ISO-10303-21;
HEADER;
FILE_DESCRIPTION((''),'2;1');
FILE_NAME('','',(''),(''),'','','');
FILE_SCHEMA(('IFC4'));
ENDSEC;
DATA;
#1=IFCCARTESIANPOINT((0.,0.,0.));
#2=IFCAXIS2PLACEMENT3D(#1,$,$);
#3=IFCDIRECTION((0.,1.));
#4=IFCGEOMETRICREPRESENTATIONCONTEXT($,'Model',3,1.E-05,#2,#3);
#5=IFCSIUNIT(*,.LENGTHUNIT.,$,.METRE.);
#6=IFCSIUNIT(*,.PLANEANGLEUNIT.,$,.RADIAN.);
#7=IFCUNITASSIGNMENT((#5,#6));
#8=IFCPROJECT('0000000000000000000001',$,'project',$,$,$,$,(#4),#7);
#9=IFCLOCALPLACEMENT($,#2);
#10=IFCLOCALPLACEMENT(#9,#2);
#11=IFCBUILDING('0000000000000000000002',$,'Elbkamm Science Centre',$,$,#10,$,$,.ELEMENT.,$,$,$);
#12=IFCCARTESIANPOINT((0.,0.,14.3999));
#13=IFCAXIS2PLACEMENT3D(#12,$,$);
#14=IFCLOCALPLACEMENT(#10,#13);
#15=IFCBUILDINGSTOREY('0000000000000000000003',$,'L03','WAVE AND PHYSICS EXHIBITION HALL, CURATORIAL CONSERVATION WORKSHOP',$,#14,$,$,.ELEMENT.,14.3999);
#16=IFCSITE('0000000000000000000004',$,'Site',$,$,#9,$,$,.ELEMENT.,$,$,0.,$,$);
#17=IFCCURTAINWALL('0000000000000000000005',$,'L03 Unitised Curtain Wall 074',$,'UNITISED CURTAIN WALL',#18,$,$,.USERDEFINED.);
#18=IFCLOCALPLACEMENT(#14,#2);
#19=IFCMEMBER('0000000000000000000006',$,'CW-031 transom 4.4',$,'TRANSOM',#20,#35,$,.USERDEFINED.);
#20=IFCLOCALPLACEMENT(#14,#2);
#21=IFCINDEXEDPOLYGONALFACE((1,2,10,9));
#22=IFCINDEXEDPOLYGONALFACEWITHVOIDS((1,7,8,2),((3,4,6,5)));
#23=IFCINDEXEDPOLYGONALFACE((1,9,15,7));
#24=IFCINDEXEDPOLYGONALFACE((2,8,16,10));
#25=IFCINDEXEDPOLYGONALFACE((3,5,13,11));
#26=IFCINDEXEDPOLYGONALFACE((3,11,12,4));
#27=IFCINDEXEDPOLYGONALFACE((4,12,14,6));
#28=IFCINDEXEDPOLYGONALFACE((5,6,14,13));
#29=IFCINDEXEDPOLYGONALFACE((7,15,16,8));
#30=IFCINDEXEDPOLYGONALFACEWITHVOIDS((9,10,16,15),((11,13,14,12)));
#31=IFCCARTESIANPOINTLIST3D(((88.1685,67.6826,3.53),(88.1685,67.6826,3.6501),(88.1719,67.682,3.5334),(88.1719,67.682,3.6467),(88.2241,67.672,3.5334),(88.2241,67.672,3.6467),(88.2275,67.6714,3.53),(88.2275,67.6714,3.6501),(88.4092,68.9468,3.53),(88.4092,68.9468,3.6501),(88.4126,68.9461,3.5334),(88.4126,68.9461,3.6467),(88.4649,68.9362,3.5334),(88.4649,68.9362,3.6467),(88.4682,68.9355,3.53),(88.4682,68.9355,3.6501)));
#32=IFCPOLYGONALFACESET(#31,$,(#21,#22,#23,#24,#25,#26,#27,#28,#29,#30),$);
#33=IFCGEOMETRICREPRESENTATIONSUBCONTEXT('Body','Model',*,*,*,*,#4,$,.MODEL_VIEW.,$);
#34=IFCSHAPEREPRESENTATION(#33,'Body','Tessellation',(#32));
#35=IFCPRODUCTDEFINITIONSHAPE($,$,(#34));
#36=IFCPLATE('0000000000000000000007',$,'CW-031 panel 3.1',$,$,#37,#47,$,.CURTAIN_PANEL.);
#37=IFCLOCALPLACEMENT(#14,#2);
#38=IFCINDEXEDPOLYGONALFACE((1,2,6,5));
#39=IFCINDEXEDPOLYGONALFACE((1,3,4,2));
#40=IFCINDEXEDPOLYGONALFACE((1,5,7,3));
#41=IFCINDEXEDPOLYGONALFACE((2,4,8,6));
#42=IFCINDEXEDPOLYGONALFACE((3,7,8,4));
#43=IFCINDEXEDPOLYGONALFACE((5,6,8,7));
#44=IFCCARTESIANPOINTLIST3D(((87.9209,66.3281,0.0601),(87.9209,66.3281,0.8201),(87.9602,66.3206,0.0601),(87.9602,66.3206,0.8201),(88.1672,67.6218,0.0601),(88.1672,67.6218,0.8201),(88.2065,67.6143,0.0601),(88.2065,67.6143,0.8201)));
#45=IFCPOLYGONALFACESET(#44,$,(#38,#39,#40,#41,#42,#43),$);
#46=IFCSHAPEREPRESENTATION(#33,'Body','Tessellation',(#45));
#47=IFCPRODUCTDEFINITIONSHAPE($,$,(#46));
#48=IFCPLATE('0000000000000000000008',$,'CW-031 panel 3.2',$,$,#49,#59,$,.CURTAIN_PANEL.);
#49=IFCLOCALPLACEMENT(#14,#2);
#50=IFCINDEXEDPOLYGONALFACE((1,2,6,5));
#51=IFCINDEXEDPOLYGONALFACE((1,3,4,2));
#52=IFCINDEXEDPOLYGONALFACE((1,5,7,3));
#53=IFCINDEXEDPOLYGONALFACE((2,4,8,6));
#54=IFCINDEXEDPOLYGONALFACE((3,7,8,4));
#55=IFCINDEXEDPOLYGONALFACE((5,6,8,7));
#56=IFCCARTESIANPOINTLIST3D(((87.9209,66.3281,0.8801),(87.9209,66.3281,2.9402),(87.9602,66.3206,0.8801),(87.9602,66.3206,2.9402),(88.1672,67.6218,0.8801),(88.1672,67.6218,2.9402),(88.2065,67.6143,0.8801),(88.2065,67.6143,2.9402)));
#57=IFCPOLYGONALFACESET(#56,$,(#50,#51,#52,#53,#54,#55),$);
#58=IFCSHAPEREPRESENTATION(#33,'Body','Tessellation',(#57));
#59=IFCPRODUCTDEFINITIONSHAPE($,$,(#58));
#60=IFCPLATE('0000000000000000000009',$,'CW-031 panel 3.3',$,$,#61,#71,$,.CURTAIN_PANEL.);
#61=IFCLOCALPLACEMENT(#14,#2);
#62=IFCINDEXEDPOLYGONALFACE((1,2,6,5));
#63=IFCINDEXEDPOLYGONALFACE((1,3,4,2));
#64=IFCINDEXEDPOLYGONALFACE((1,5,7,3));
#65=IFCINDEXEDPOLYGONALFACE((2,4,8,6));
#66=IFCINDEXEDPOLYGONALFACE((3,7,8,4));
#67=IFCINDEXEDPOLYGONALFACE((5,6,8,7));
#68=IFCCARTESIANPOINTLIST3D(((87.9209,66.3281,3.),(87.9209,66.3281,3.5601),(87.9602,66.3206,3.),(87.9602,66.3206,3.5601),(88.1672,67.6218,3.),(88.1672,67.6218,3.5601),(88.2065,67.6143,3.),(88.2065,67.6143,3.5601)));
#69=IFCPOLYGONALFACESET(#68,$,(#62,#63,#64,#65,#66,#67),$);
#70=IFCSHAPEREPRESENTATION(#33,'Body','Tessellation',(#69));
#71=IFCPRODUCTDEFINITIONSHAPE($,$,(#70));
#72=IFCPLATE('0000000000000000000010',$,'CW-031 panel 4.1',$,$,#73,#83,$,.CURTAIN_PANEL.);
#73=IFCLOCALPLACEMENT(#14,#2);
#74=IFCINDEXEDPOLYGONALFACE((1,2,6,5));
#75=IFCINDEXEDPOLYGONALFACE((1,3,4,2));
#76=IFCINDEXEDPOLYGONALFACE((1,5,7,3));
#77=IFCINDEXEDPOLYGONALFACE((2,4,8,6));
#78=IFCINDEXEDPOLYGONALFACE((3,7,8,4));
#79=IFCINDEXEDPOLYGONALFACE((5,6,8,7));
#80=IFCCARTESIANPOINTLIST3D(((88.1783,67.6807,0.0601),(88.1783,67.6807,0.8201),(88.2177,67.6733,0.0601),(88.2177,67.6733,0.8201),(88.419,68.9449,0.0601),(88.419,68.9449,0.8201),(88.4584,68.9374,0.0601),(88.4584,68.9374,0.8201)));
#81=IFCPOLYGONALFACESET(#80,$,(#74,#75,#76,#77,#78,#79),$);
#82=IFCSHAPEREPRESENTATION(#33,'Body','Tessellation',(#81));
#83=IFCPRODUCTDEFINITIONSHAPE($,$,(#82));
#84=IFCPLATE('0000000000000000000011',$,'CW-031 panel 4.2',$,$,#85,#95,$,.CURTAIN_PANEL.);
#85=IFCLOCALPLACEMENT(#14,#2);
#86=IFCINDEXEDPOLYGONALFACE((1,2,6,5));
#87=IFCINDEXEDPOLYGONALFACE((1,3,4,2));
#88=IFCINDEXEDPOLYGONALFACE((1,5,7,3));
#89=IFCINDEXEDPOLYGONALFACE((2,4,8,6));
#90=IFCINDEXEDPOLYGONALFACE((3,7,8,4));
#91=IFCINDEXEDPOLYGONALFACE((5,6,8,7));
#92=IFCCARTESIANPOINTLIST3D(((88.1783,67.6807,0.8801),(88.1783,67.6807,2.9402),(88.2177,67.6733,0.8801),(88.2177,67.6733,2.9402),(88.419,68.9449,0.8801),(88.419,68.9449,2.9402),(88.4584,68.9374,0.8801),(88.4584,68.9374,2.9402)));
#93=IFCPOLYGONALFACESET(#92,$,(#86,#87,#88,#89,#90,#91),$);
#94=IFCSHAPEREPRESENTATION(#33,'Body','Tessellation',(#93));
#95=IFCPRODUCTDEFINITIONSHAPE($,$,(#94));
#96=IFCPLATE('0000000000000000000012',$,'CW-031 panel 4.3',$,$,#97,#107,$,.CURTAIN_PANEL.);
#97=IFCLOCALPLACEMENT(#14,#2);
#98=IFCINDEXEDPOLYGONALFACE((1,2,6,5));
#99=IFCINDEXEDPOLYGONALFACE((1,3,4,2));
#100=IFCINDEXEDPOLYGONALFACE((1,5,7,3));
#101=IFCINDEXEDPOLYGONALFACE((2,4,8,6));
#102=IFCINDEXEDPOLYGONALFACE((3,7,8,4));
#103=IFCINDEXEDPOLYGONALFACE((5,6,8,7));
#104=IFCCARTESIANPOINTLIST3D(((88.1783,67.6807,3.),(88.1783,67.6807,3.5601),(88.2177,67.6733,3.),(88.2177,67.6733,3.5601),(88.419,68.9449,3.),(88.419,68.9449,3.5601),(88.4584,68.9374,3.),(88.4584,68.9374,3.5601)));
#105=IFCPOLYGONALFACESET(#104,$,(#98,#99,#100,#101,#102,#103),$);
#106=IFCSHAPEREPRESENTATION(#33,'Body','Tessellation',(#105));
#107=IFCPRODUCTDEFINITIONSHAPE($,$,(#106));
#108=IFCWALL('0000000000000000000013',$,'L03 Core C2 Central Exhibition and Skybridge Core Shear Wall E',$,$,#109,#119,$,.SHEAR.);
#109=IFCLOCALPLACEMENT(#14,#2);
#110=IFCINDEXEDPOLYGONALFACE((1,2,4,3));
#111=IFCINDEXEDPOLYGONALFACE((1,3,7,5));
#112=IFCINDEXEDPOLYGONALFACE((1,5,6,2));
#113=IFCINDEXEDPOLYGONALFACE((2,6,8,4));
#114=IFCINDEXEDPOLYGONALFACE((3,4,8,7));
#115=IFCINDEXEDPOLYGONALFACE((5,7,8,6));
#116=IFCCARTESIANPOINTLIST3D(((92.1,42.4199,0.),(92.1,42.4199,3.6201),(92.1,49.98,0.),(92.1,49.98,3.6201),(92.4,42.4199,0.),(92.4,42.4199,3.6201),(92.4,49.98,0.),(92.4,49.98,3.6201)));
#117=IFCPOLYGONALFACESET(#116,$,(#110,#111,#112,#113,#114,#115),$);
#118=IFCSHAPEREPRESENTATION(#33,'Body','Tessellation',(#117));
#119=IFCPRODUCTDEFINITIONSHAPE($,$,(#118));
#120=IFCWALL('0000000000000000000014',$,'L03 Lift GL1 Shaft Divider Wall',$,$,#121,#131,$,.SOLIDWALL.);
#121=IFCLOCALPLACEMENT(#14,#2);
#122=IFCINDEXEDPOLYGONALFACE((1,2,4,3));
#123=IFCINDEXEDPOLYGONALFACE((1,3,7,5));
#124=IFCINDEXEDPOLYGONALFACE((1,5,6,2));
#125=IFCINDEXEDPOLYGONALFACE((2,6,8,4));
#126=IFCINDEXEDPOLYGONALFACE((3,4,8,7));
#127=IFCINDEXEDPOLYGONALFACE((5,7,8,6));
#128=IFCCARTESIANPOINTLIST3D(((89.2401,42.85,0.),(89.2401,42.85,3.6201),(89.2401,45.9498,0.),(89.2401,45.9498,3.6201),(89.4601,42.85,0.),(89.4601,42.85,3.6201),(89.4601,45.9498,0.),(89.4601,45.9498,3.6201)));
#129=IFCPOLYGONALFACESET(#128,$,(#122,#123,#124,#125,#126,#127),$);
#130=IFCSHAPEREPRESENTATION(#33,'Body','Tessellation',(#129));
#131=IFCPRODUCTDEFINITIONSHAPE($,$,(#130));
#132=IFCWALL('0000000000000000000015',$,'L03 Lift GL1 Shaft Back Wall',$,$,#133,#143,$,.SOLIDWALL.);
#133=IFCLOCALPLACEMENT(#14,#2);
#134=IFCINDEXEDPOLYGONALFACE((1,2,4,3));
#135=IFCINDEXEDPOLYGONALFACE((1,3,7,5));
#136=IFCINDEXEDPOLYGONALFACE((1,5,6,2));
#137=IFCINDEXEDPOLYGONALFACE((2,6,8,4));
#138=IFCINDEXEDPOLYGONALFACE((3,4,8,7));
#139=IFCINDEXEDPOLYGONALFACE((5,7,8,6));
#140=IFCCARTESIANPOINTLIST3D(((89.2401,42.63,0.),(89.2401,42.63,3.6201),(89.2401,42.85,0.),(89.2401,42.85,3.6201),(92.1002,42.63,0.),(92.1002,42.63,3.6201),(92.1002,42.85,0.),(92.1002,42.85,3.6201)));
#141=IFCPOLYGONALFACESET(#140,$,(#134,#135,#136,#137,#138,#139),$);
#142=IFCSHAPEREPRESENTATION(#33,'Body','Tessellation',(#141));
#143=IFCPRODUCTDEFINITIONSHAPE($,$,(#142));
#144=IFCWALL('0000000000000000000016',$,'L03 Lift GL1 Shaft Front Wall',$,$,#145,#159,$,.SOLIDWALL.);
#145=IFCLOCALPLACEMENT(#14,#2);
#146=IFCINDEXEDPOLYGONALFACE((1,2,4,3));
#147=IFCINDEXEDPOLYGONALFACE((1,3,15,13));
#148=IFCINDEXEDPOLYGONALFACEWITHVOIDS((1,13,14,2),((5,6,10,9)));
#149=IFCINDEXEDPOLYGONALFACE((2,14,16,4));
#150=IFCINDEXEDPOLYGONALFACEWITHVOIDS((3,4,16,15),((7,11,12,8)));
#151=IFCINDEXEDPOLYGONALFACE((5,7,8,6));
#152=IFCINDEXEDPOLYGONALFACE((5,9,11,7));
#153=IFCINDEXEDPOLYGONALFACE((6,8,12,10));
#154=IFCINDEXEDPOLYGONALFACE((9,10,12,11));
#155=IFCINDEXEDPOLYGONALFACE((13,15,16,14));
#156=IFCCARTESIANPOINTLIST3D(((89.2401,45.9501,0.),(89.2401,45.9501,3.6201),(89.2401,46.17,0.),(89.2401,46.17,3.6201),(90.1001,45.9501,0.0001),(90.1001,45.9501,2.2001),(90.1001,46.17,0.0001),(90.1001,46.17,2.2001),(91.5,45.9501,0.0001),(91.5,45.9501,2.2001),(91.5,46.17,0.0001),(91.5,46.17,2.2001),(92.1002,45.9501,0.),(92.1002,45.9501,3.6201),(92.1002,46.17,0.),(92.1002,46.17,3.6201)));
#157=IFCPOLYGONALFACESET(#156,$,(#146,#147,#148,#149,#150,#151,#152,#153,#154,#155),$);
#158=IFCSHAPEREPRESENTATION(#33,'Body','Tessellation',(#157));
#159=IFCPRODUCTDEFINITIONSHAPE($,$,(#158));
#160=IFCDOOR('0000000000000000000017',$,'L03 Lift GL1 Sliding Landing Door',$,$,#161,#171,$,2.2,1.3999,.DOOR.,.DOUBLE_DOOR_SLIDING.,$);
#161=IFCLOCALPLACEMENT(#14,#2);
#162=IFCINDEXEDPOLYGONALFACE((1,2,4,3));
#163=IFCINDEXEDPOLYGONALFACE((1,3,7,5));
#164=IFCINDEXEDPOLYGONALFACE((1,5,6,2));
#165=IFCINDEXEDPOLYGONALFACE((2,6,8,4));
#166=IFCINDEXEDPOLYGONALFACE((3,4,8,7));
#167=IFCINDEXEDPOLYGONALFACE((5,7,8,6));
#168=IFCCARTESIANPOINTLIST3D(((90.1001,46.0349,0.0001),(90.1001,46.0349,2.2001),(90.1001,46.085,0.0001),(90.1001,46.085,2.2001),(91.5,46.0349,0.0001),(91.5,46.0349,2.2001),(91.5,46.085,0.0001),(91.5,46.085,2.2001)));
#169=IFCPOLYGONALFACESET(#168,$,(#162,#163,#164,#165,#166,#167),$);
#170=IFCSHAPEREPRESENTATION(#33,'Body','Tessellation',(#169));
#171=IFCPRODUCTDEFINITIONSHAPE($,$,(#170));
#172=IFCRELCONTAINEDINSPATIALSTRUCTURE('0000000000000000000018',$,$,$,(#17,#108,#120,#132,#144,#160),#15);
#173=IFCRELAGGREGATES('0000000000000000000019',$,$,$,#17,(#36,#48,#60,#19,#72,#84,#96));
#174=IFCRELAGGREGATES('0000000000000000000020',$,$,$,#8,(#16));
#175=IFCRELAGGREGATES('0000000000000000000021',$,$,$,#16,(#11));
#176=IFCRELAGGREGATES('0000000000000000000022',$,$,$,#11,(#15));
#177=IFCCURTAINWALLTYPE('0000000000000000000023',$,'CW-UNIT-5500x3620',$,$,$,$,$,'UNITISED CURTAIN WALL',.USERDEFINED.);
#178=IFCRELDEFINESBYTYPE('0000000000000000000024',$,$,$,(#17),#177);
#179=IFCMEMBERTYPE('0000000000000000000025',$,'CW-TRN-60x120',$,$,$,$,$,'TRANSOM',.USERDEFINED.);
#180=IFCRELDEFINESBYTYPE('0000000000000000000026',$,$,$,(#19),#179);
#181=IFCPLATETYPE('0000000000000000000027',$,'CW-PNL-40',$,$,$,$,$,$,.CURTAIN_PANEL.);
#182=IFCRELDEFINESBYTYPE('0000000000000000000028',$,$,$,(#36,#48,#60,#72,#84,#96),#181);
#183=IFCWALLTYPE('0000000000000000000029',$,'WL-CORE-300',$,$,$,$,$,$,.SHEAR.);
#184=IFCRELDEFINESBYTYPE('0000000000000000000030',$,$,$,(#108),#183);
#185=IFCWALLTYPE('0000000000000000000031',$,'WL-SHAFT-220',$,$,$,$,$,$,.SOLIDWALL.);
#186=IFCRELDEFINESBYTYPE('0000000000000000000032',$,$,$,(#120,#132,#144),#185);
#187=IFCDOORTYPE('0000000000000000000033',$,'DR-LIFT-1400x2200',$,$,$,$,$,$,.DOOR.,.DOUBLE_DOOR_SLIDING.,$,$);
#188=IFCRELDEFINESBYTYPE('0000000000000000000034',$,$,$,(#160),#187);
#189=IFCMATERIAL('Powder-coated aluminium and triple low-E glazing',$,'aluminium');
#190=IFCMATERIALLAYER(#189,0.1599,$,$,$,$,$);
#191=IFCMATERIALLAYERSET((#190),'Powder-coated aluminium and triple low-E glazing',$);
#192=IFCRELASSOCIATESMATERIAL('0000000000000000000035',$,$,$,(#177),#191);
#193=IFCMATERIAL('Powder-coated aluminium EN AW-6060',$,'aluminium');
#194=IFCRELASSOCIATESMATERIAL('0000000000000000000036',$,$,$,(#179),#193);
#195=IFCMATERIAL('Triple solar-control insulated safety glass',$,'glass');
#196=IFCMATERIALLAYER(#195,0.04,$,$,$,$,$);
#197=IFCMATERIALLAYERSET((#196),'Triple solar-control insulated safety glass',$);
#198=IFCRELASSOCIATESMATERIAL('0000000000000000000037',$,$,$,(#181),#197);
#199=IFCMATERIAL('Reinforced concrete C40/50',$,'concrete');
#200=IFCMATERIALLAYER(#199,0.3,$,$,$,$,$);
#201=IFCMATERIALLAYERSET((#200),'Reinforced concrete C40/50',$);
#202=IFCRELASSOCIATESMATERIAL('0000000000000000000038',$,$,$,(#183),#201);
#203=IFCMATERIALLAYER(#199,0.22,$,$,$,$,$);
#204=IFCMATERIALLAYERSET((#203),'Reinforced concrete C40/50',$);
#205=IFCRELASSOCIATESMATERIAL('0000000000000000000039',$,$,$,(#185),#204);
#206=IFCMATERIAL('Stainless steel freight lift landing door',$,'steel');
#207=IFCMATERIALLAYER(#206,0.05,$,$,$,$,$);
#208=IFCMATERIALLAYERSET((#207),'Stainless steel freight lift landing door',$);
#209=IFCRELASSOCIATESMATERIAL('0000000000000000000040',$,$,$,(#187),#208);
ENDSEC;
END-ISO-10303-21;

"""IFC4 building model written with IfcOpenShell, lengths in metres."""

from ifc_helpers import new_model, si_unit, direction, frame, frame_2d, origin, origin_2d, place, context, subcontext, project, spatial, rectangle, hollow_rectangle, extrude, material, layer, layer_set, material_profile, profile_set, type_object, element, fill, aggregate, save


model = new_model("IFC4")

# Units and contexts
model_context = context("Model", 3, precision=1e-05, world=origin(), true_north=direction((0.0, 1.0)))
body_context = subcontext(model_context, "Body", "Model", "MODEL_VIEW")
ifc_project = project(units=[si_unit("LENGTHUNIT", "METRE"), si_unit("PLANEANGLEUNIT", "RADIAN")], contexts=[model_context])

# Site, building, storey
site_placement = place(None, origin())
site = spatial("IfcSite", under=ifc_project, at=site_placement, Name="Site", CompositionType="ELEMENT", RefElevation=0.0)
building_placement = place(site_placement, origin())
building = spatial("IfcBuilding", under=site, at=building_placement, Name="Elbkamm Science Centre", CompositionType="ELEMENT")
storey_placement = place(building_placement, frame((0.0, 0.0, 14.3999)))
storey = spatial("IfcBuildingStorey", under=building, at=storey_placement, Name="L03", Description="WAVE AND PHYSICS EXHIBITION HALL, CURATORIAL CONSERVATION WORKSHOP", CompositionType="ELEMENT", Elevation=14.3999)

# Shared definitions
ifc_material_1 = material(Name="Powder-coated aluminium and triple low-E glazing", Category="aluminium")
ifc_material_2 = material(Name="Powder-coated aluminium EN AW-6060", Category="aluminium")

# Curtain wall, member, plates
ifc_layer_1 = layer(ifc_material_1, 0.1599)
ifc_layer_set_1 = layer_set([ifc_layer_1], Name="Powder-coated aluminium and triple low-E glazing")
curtain_wall_type_1 = type_object("IfcCurtainWallType", Name="CW-UNIT-5500x3620", ElementType="UNITISED CURTAIN WALL", PredefinedType="USERDEFINED", material=ifc_layer_set_1)
curtain_wall_1_placement = place(storey_placement, origin())
curtain_wall_1 = element("IfcCurtainWall", 1, at=curtain_wall_1_placement, inside=storey, type_object=curtain_wall_type_1, Name="L03 Unitised Curtain Wall 074", ObjectType="UNITISED CURTAIN WALL", PredefinedType="USERDEFINED")
ifc_material_profile_1 = material_profile(ifc_material_2, hollow_rectangle(XDim=0.0601, YDim=0.1201, WallThickness=0.0034, at=origin_2d()), Name="ALU T60x120")
ifc_profile_set_1 = profile_set([ifc_material_profile_1], Name="Powder-coated aluminium EN AW-6060")
member_type_1 = type_object("IfcMemberType", Name="CW-TRN-60x120", ElementType="TRANSOM", PredefinedType="USERDEFINED", material=ifc_profile_set_1)
member_1_placement = place(storey_placement, frame((88.198, 67.677, 3.5901), z_axis=(0.18706, 0.982349, 0.0), x_axis=(-0.982349, 0.18706, 0.0)))
member_1 = element("IfcMember", 2, at=member_1_placement, type_object=member_type_1, Name="CW-031 transom 4.4", ObjectType="TRANSOM", PredefinedType="USERDEFINED", context=body_context, shape_type="SweptSolid", body=[
    extrude(hollow_rectangle(XDim=0.0601, YDim=0.1201, WallThickness=0.0034, at=origin_2d()), origin(), (0.0, 0.0, 1.0), 1.2869),
])
ifc_material_3 = material(Name="Triple solar-control insulated safety glass", Category="glass")
ifc_layer_2 = layer(ifc_material_3, 0.04)
ifc_layer_set_2 = layer_set([ifc_layer_2], Name="Triple solar-control insulated safety glass")
plate_type = type_object("IfcPlateType", Name="CW-PNL-40", PredefinedType="CURTAIN_PANEL", material=ifc_layer_set_2)
plate_1_placement = place(storey_placement, frame((88.0637, 66.9712, 0.0601), z_axis=(0.0, 0.0, 1.0), x_axis=(0.187046, 0.982351, 0.0)))
plate_1 = element("IfcPlate", 3, at=plate_1_placement, type_object=plate_type, Name="CW-031 panel 3.1", PredefinedType="CURTAIN_PANEL", context=body_context, shape_type="SweptSolid", body=[
    extrude(rectangle(XDim=1.3169, YDim=0.04, at=origin_2d()), origin(), (0.0, 0.0, 1.0), 0.76),
])
plate_2_placement = place(storey_placement, frame((88.0637, 66.9712, 0.8801), z_axis=(0.0, 0.0, 1.0), x_axis=(0.187046, 0.982351, 0.0)))
plate_2 = element("IfcPlate", 4, at=plate_2_placement, type_object=plate_type, Name="CW-031 panel 3.2", PredefinedType="CURTAIN_PANEL", context=body_context, shape_type="SweptSolid", body=[
    extrude(rectangle(XDim=1.3169, YDim=0.04, at=origin_2d()), origin(), (0.0, 0.0, 1.0), 2.0601),
])
plate_3_placement = place(storey_placement, frame((88.0637, 66.9712, 3.0), z_axis=(0.0, 0.0, 1.0), x_axis=(0.187046, 0.982351, 0.0)))
plate_3 = element("IfcPlate", 5, at=plate_3_placement, type_object=plate_type, Name="CW-031 panel 3.3", PredefinedType="CURTAIN_PANEL", context=body_context, shape_type="SweptSolid", body=[
    extrude(rectangle(XDim=1.3169, YDim=0.04, at=origin_2d()), origin(), (0.0, 0.0, 1.0), 0.5601),
])
plate_4_placement = place(storey_placement, frame((88.3184, 68.3091, 0.0601), z_axis=(0.0, 0.0, 1.0), x_axis=(0.187046, 0.982351, 0.0)))
plate_4 = element("IfcPlate", 6, at=plate_4_placement, type_object=plate_type, Name="CW-031 panel 4.1", PredefinedType="CURTAIN_PANEL", context=body_context, shape_type="SweptSolid", body=[
    extrude(rectangle(XDim=1.2869, YDim=0.04, at=origin_2d()), origin(), (0.0, 0.0, 1.0), 0.76),
])
plate_5_placement = place(storey_placement, frame((88.3184, 68.3091, 0.8801), z_axis=(0.0, 0.0, 1.0), x_axis=(0.187046, 0.982351, 0.0)))
plate_5 = element("IfcPlate", 7, at=plate_5_placement, type_object=plate_type, Name="CW-031 panel 4.2", PredefinedType="CURTAIN_PANEL", context=body_context, shape_type="SweptSolid", body=[
    extrude(rectangle(XDim=1.2869, YDim=0.04, at=origin_2d()), origin(), (0.0, 0.0, 1.0), 2.0601),
])
plate_6_placement = place(storey_placement, frame((88.3184, 68.3091, 3.0), z_axis=(0.0, 0.0, 1.0), x_axis=(0.187046, 0.982351, 0.0)))
plate_6 = element("IfcPlate", 8, at=plate_6_placement, type_object=plate_type, Name="CW-031 panel 4.3", PredefinedType="CURTAIN_PANEL", context=body_context, shape_type="SweptSolid", body=[
    extrude(rectangle(XDim=1.2869, YDim=0.04, at=origin_2d()), origin(), (0.0, 0.0, 1.0), 0.5601),
])
aggregate(curtain_wall_1, [plate_1, plate_2, plate_3, member_1, plate_4, plate_5, plate_6])

# Walls
ifc_material_4 = material(Name="Reinforced concrete C40/50", Category="concrete")
ifc_layer_3 = layer(ifc_material_4, 0.3)
ifc_layer_set_3 = layer_set([ifc_layer_3], Name="Reinforced concrete C40/50")
wall_type_1 = type_object("IfcWallType", Name="WL-CORE-300", PredefinedType="SHEAR", material=ifc_layer_set_3)
wall_1_placement = place(storey_placement, frame((92.25, 42.4199, 0.0), z_axis=(0.0, 0.0, 1.0), x_axis=(0.0, 1.0, 0.0)))
element("IfcWall", 9, at=wall_1_placement, inside=storey, type_object=wall_type_1, Name="L03 Core C2 Central Exhibition and Skybridge Core Shear Wall E", PredefinedType="SHEAR", context=body_context, shape_type="SweptSolid", body=[
    extrude(rectangle(XDim=7.5601, YDim=0.3, at=frame_2d((3.78, 0.0))), origin(), (0.0, 0.0, 1.0), 3.6201),
])
ifc_layer_4 = layer(ifc_material_4, 0.22)
ifc_layer_set_4 = layer_set([ifc_layer_4], Name="Reinforced concrete C40/50")
wall_type_2 = type_object("IfcWallType", Name="WL-SHAFT-220", PredefinedType="SOLIDWALL", material=ifc_layer_set_4)
wall_2_placement = place(storey_placement, frame((89.3501, 42.8501, 0.0), z_axis=(0.0, 0.0, 1.0), x_axis=(0.0, 1.0, 0.0)))
element("IfcWall", 10, at=wall_2_placement, inside=storey, type_object=wall_type_2, Name="L03 Lift GL1 Shaft Divider Wall", PredefinedType="SOLIDWALL", context=body_context, shape_type="SweptSolid", body=[
    extrude(rectangle(XDim=3.0999, YDim=0.22, at=frame_2d((1.5498, 0.0))), origin(), (0.0, 0.0, 1.0), 3.6201),
])
wall_3_placement = place(storey_placement, frame((89.24, 42.74, 0.0), z_axis=(0.0, 0.0, 1.0), x_axis=(1.0, 0.0, 0.0)))
element("IfcWall", 11, at=wall_3_placement, inside=storey, type_object=wall_type_2, Name="L03 Lift GL1 Shaft Back Wall", PredefinedType="SOLIDWALL", context=body_context, shape_type="SweptSolid", body=[
    extrude(rectangle(XDim=2.8601, YDim=0.22, at=frame_2d((1.4302, 0.0))), origin(), (0.0, 0.0, 1.0), 3.6201),
])

# Wall, opening, door
wall_4_placement = place(storey_placement, frame((89.24, 46.0601, 0.0), z_axis=(0.0, 0.0, 1.0), x_axis=(1.0, 0.0, 0.0)))
wall_4 = element("IfcWall", 12, at=wall_4_placement, inside=storey, type_object=wall_type_2, Name="L03 Lift GL1 Shaft Front Wall", PredefinedType="SOLIDWALL", context=body_context, shape_type="SweptSolid", body=[
    extrude(rectangle(XDim=2.8601, YDim=0.22, at=frame_2d((1.4302, 0.0))), origin(), (0.0, 0.0, 1.0), 3.6201),
])
opening_placement = place(wall_4_placement, frame((0.8601, 0.0, 0.0)))
opening = element("IfcOpeningElement", 13, at=opening_placement, cuts=wall_4, PredefinedType="OPENING", context=body_context, shape_type="SweptSolid", body=[
    extrude(rectangle(XDim=1.3999, YDim=2.2, at=frame_2d((0.7, 1.1001))), frame((0.0, 0.1221, 0.0), z_axis=(0.0, -1.0, 0.0), x_axis=(1.0, 0.0, 0.0)), (0.0, 0.0, 1.0), 0.2439),
])
ifc_material_5 = material(Name="Stainless steel freight lift landing door", Category="steel")
ifc_layer_5 = layer(ifc_material_5, 0.05)
ifc_layer_set_5 = layer_set([ifc_layer_5], Name="Stainless steel freight lift landing door")
door_type = type_object("IfcDoorType", Name="DR-LIFT-1400x2200", OperationType="DOUBLE_DOOR_SLIDING", PredefinedType="DOOR", material=ifc_layer_set_5)
door_placement = place(opening_placement, origin())
door = element("IfcDoor", 14, at=door_placement, inside=storey, type_object=door_type, Name="L03 Lift GL1 Sliding Landing Door", OperationType="DOUBLE_DOOR_SLIDING", OverallHeight=2.2, OverallWidth=1.3999, PredefinedType="DOOR", context=body_context, shape_type="SweptSolid", body=[
    extrude(rectangle(XDim=1.3999, YDim=2.2, at=frame_2d((0.7, 1.1001))), frame((0.0, 0.0249, 0.0), z_axis=(0.0, -1.0, 0.0), x_axis=(1.0, 0.0, 0.0)), (0.0, 0.0, 1.0), 0.05),
])
fill(opening, door)

save(model, "model.ifc")
